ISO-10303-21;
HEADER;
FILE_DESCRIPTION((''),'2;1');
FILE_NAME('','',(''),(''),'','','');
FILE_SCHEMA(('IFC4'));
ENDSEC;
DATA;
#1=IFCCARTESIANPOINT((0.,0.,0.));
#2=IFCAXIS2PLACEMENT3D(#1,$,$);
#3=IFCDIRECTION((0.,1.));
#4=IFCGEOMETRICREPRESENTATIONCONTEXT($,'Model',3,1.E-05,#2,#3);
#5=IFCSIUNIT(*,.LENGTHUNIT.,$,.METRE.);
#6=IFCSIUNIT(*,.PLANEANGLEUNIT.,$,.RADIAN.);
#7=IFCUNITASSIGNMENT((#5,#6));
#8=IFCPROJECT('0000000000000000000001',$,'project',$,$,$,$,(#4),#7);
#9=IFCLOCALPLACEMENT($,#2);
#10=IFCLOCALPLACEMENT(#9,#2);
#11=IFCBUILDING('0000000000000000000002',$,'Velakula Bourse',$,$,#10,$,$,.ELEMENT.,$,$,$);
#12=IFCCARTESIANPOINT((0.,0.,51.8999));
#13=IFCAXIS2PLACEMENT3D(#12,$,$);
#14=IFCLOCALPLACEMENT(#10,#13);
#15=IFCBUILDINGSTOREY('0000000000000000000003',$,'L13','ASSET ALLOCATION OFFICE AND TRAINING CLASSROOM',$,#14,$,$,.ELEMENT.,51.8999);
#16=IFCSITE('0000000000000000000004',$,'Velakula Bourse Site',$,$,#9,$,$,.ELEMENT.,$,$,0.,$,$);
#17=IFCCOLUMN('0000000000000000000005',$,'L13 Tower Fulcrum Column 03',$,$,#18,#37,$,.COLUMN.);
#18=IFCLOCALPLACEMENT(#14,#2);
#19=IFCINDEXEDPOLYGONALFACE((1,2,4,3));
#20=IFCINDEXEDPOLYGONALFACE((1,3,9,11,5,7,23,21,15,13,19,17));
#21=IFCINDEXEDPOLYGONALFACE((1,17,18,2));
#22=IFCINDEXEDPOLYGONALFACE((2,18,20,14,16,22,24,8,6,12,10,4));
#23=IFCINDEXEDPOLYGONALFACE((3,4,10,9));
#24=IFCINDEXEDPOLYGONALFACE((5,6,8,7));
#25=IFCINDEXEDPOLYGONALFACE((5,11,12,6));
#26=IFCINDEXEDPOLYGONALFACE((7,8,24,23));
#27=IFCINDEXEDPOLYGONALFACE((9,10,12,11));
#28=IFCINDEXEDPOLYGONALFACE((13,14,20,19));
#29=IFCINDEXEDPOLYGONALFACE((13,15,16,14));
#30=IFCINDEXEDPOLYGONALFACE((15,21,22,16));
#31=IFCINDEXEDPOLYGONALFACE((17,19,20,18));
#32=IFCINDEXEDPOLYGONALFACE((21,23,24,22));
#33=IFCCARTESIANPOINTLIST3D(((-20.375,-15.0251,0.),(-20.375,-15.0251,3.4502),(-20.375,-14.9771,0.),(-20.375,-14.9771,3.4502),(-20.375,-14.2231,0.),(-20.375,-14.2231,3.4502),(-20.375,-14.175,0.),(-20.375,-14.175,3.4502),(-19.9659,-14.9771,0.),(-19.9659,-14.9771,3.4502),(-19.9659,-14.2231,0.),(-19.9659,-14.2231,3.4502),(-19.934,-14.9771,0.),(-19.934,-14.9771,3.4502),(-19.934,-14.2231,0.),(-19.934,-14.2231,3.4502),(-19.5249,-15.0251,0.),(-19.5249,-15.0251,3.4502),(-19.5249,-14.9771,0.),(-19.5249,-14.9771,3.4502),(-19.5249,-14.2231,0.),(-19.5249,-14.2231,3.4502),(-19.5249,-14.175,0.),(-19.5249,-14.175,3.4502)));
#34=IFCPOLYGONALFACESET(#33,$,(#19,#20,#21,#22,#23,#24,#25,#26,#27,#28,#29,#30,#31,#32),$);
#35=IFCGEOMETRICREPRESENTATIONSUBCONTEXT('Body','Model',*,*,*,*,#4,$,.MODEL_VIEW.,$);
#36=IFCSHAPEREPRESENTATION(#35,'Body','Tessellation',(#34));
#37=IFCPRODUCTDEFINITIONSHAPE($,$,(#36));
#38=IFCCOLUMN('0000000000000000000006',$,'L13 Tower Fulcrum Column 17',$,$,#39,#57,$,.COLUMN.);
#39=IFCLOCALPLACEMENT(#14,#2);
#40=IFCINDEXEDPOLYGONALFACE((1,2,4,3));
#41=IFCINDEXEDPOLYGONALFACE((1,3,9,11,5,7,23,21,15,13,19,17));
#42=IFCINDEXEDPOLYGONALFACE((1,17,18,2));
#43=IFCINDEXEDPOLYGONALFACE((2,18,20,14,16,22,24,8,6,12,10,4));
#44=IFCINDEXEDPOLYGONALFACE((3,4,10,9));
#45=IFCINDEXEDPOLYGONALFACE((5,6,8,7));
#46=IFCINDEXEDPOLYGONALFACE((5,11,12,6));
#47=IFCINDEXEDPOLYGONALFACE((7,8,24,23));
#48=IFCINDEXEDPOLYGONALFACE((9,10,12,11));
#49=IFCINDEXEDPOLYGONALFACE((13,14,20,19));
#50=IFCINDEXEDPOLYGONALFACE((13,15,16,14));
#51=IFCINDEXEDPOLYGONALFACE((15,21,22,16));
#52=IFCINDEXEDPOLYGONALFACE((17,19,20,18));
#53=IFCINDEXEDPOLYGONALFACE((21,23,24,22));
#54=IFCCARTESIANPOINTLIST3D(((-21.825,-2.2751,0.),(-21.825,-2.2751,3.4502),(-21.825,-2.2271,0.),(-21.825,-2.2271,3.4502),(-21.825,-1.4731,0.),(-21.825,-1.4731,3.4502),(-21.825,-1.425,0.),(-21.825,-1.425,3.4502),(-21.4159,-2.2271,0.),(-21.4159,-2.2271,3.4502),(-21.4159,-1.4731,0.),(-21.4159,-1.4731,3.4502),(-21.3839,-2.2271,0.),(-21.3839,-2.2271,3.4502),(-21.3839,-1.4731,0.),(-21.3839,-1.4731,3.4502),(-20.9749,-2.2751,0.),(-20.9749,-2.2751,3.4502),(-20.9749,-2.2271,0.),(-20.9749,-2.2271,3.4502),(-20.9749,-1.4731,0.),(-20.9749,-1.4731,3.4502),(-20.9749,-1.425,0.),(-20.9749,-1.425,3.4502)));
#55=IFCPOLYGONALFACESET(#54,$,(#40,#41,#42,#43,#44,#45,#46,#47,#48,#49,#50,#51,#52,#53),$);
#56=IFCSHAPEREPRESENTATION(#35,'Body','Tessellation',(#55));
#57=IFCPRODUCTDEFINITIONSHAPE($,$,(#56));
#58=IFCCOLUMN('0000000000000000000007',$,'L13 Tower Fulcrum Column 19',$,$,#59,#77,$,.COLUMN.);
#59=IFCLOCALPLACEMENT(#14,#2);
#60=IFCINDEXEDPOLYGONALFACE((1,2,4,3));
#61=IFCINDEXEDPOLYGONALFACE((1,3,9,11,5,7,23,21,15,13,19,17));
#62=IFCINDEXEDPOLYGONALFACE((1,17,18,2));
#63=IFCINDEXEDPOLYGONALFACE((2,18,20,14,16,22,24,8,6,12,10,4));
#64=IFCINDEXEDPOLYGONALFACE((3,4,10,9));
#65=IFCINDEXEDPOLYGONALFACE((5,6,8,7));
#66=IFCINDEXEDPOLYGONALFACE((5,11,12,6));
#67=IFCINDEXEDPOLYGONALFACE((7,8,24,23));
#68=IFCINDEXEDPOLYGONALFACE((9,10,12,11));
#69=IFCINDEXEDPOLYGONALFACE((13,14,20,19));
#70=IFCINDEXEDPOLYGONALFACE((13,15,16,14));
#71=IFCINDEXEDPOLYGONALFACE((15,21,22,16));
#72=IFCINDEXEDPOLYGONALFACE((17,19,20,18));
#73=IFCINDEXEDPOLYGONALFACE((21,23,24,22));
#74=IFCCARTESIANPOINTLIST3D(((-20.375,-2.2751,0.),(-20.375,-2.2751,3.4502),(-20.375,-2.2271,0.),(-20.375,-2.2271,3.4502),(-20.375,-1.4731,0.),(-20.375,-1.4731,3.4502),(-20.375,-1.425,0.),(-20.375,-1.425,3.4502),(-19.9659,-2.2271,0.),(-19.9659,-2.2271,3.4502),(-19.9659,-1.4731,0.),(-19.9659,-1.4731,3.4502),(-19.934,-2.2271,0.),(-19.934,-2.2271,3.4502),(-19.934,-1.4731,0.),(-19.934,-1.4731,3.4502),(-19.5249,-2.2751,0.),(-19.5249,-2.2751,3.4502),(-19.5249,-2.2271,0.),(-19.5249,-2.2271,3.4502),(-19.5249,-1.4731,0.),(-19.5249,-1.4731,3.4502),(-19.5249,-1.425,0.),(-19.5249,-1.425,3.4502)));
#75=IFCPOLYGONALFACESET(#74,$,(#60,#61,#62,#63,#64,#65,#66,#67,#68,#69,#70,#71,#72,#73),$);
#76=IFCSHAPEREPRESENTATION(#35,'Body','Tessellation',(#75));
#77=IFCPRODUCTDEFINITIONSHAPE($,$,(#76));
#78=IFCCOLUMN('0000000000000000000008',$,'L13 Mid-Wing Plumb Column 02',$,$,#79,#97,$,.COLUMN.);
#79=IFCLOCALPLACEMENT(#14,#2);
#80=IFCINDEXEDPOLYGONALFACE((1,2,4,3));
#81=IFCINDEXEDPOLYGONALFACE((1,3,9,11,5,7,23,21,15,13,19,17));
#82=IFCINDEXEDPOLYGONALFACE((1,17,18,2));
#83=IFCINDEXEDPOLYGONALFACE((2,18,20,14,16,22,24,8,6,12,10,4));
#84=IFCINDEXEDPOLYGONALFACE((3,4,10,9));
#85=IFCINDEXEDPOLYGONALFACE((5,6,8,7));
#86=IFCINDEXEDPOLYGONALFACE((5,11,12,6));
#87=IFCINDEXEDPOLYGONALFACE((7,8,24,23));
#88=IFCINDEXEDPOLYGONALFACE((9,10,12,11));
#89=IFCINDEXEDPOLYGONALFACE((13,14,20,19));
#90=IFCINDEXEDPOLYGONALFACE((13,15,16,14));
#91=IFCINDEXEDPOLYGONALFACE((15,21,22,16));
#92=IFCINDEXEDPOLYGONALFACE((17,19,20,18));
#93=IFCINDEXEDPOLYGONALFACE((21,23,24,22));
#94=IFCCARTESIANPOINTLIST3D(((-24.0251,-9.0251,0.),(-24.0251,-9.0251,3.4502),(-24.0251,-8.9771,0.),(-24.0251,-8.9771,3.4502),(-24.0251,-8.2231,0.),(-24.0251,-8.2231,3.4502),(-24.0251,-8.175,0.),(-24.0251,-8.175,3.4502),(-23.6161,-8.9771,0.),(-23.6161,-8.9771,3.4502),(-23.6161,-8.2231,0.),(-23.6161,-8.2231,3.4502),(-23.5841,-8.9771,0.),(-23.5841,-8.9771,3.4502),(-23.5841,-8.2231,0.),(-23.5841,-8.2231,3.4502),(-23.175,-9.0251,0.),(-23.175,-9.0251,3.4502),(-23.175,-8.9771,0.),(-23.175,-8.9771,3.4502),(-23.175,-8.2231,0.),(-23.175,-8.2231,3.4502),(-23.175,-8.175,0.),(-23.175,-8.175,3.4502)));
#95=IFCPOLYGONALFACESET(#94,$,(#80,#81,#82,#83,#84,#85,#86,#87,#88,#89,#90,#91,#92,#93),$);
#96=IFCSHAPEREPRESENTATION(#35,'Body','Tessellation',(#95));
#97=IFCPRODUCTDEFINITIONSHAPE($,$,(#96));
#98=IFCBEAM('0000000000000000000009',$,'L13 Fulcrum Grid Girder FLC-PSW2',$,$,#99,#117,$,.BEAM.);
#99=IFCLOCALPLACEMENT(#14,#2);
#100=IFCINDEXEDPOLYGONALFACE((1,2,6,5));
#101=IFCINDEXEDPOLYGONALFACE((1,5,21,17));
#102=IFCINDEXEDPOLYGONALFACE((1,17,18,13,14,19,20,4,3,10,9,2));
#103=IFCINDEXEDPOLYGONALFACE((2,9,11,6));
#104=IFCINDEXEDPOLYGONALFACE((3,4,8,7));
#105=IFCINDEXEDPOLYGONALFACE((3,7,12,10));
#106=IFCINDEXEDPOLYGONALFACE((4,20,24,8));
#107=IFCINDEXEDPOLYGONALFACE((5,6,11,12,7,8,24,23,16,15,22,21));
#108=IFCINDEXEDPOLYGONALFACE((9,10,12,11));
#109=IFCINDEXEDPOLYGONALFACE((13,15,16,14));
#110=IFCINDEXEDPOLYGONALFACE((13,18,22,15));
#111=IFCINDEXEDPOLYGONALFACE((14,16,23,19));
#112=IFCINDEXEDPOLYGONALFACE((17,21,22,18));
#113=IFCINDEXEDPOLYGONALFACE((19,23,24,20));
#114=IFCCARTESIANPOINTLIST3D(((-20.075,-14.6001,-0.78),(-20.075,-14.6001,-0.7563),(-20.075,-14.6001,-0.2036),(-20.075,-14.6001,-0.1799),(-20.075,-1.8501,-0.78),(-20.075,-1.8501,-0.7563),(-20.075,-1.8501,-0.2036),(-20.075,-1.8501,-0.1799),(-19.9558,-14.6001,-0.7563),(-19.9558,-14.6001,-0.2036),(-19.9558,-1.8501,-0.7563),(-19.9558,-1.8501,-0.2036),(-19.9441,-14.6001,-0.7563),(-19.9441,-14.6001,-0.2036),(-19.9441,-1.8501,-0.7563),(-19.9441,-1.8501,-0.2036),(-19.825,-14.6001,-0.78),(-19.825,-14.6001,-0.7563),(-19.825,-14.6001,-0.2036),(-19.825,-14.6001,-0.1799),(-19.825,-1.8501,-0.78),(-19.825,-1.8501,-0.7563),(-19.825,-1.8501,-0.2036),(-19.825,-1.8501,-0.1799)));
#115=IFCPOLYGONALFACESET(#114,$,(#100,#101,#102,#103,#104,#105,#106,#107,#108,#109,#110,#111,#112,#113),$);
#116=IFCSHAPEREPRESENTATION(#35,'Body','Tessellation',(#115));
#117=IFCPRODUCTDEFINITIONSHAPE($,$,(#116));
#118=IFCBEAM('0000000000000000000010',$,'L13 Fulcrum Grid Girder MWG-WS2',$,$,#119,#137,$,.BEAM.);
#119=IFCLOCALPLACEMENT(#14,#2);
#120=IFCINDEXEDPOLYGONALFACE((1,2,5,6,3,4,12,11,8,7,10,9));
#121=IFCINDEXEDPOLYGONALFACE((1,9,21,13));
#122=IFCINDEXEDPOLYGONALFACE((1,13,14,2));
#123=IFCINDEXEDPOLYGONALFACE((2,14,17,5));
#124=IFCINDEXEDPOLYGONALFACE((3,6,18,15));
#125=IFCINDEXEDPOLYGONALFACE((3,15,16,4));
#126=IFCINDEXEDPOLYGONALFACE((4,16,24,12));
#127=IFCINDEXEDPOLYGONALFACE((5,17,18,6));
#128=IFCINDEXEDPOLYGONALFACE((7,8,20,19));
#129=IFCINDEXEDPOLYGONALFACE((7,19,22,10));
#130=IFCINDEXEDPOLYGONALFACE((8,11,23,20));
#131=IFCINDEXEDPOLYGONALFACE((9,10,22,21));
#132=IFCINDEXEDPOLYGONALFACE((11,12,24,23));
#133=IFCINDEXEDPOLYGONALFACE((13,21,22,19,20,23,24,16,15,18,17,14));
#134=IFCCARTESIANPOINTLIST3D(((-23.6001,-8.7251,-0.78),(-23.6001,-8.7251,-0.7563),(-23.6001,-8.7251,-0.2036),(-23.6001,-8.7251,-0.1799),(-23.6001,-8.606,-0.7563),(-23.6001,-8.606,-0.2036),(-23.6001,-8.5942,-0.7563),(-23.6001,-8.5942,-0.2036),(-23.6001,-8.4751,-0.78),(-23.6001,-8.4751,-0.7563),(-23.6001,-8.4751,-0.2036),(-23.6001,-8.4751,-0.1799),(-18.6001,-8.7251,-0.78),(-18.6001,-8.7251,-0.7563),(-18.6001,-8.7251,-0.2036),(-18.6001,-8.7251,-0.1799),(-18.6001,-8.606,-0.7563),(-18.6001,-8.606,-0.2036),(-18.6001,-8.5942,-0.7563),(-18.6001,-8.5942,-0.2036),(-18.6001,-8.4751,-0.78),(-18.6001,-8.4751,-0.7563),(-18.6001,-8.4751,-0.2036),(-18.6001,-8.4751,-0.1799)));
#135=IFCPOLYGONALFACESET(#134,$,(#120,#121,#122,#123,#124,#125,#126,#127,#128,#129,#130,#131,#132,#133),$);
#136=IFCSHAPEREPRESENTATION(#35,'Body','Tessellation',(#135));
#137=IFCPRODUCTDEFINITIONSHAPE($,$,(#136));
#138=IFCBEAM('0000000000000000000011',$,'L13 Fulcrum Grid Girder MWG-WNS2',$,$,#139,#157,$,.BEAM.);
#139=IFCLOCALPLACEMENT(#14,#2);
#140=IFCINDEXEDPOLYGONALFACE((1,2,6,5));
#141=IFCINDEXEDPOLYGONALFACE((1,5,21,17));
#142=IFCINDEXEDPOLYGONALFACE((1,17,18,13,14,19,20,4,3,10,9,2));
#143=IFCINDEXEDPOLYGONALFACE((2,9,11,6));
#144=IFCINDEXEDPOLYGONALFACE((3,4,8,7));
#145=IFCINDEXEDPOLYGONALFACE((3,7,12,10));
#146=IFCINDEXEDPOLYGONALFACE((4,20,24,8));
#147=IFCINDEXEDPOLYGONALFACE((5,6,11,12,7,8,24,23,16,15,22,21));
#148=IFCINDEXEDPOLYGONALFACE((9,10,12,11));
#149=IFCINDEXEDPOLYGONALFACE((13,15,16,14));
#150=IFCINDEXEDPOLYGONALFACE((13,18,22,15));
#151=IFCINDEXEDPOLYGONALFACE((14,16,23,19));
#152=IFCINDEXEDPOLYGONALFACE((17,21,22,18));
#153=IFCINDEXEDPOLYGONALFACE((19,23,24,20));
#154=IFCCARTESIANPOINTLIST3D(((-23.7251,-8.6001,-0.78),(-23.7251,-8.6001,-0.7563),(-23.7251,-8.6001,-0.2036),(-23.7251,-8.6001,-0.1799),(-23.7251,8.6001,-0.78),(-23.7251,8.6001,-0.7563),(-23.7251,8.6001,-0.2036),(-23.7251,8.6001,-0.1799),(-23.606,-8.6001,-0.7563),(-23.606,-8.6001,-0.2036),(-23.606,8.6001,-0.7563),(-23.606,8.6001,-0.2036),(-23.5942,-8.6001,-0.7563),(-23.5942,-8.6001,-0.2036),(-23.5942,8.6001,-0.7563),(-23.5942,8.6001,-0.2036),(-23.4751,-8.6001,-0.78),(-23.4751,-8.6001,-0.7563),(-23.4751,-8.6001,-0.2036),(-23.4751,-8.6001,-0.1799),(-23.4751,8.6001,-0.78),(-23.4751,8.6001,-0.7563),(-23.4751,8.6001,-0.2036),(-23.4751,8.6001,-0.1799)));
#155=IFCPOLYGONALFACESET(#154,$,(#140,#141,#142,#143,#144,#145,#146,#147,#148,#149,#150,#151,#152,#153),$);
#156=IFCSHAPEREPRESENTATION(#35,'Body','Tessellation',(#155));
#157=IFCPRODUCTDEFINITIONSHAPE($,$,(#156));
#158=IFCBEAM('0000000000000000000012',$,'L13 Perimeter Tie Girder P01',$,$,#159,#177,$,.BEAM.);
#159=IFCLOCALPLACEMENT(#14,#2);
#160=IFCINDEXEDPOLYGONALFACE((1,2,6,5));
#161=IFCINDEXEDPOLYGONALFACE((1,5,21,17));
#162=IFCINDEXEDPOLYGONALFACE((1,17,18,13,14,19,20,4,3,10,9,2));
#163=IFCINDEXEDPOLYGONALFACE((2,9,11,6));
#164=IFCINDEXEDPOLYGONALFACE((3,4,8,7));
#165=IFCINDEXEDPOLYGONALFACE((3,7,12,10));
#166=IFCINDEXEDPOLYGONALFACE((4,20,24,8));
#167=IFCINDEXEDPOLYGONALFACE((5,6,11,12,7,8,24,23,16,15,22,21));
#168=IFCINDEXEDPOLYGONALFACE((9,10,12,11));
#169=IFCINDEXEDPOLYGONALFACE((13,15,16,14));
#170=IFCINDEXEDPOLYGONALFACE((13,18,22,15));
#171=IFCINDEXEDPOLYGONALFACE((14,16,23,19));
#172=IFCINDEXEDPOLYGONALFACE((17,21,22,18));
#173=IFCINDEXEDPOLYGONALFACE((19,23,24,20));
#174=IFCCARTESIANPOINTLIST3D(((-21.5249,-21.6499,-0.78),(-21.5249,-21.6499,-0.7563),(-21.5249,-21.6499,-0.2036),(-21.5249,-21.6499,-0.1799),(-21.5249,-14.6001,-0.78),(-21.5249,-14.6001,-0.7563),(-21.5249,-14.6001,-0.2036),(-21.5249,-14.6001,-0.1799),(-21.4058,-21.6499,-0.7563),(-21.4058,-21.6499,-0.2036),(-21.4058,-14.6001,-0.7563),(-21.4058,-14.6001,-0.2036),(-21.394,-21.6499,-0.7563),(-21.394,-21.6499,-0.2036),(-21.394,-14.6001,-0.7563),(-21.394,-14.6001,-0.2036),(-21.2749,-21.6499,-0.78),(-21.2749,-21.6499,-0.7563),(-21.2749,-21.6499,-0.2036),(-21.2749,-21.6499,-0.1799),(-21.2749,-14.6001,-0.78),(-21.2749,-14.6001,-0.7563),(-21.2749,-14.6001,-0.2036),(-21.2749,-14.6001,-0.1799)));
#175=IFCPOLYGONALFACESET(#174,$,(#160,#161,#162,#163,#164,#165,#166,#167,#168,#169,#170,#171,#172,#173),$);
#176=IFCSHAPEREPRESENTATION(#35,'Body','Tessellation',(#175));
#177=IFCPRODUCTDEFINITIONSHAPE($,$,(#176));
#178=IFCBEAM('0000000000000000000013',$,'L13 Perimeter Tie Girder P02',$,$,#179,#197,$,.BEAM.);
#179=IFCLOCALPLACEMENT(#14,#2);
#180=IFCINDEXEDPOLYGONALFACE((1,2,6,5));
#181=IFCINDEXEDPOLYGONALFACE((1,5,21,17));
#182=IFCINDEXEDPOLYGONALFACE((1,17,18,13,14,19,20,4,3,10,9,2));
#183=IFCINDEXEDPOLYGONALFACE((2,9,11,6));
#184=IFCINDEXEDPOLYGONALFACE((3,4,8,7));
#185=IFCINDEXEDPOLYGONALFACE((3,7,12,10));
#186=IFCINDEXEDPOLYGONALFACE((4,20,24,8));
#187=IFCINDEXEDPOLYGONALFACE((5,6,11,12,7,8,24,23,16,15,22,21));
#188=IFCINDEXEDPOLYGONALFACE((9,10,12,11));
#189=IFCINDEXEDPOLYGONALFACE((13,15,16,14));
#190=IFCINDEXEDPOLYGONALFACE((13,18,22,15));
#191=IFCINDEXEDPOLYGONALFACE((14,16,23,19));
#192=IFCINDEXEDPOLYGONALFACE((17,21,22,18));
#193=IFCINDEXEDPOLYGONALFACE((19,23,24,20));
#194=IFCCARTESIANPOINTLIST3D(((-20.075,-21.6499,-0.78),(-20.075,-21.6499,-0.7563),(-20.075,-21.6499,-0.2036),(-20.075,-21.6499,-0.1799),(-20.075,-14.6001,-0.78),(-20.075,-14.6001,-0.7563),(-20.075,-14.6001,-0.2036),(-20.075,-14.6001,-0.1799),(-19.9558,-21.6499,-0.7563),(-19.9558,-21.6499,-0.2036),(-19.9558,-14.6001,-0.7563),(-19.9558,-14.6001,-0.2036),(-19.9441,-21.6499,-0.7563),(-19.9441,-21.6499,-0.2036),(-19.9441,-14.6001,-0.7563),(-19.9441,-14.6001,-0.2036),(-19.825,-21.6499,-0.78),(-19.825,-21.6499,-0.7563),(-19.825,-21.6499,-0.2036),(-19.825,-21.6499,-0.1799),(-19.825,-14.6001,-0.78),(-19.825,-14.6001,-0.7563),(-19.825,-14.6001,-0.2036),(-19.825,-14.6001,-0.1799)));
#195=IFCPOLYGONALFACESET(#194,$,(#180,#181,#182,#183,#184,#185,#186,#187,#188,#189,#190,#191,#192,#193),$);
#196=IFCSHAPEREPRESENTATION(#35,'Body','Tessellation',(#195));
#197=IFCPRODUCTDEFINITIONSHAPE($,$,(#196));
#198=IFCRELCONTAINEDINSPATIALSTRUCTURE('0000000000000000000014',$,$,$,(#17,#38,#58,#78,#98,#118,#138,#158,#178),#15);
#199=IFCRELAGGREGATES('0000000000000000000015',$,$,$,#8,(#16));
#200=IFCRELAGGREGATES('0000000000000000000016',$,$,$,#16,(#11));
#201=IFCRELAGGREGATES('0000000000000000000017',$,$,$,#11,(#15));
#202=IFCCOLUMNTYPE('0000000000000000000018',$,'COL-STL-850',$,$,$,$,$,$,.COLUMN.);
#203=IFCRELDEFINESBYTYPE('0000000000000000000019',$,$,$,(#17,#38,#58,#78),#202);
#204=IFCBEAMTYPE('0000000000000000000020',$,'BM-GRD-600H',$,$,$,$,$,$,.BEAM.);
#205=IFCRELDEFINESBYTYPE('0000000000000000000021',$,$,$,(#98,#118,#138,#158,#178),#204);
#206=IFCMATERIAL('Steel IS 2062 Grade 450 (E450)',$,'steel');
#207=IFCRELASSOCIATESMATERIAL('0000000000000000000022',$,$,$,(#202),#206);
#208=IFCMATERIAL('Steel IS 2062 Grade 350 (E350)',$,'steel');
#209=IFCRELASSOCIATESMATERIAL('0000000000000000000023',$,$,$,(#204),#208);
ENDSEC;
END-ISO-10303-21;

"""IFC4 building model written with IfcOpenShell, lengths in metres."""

from ifc_helpers import new_model, si_unit, direction, frame, origin, origin_2d, place, context, subcontext, project, spatial, i_section, extrude, material, material_profile, profile_set, type_object, element, save


model = new_model("IFC4")

# Units and contexts
model_context = context("Model", 3, precision=1e-05, world=origin(), true_north=direction((0.0, 1.0)))
body_context = subcontext(model_context, "Body", "Model", "MODEL_VIEW")
ifc_project = project(units=[si_unit("LENGTHUNIT", "METRE"), si_unit("PLANEANGLEUNIT", "RADIAN")], contexts=[model_context])

# Site, building, storey
site_placement = place(None, origin())
site = spatial("IfcSite", under=ifc_project, at=site_placement, Name="Velakula Bourse Site", CompositionType="ELEMENT", RefElevation=0.0)
building_placement = place(site_placement, origin())
building = spatial("IfcBuilding", under=site, at=building_placement, Name="Velakula Bourse", CompositionType="ELEMENT")
storey_placement = place(building_placement, frame((0.0, 0.0, 51.8999)))
storey = spatial("IfcBuildingStorey", under=building, at=storey_placement, Name="L13", Description="ASSET ALLOCATION OFFICE AND TRAINING CLASSROOM", CompositionType="ELEMENT", Elevation=51.8999)

# Columns
ifc_material_1 = material(Name="Steel IS 2062 Grade 450 (E450)", Category="steel")
ifc_material_profile_1 = material_profile(ifc_material_1, i_section(OverallWidth=0.8501, OverallDepth=0.8501, WebThickness=0.032, FlangeThickness=0.0481, at=origin_2d()), Name="Steel IS 2062 Grade 450 (E450)")
ifc_profile_set_1 = profile_set([ifc_material_profile_1], Name="Steel IS 2062 Grade 450 (E450)")
column_type = type_object("IfcColumnType", Name="COL-STL-850", PredefinedType="COLUMN", material=ifc_profile_set_1)
for number, where, z_axis, x_axis, name in (
    (1, (-19.95, -14.6001, 0.0), (0.0, 0.0, 1.0), (1.0, 0.0, 0.0), "L13 Tower Fulcrum Column 03"),
    (2, (-21.3999, -1.8501, 0.0), (0.0, 0.0, 1.0), (1.0, 0.0, 0.0), "L13 Tower Fulcrum Column 17"),
    (3, (-19.95, -1.8501, 0.0), (0.0, 0.0, 1.0), (1.0, 0.0, 0.0), "L13 Tower Fulcrum Column 19"),
    (4, (-23.6001, -8.6001, 0.0), (0.0, 0.0, 1.0), (1.0, 0.0, 0.0), "L13 Mid-Wing Plumb Column 02"),
):
    element("IfcColumn", number, at=place(storey_placement, frame(where, z_axis=z_axis, x_axis=x_axis)), inside=storey, type_object=column_type, Name=name, PredefinedType="COLUMN", context=body_context, shape_type="SweptSolid", body=[
        extrude(i_section(OverallWidth=0.8501, OverallDepth=0.8501, WebThickness=0.032, FlangeThickness=0.0481, at=origin_2d()), origin(), (0.0, 0.0, 1.0), 3.4502),
    ])

# Beams
ifc_material_2 = material(Name="Steel IS 2062 Grade 350 (E350)", Category="steel")
ifc_material_profile_2 = material_profile(ifc_material_2, i_section(OverallWidth=0.25, OverallDepth=0.6001, WebThickness=0.0117, FlangeThickness=0.0237, at=origin_2d()), Name="Steel IS 2062 Grade 350 (E350)")
ifc_profile_set_2 = profile_set([ifc_material_profile_2], Name="Steel IS 2062 Grade 350 (E350)")
beam_type_1 = type_object("IfcBeamType", Name="BM-GRD-600H", PredefinedType="BEAM", material=ifc_profile_set_2)
beam_1_placement = place(storey_placement, frame((-19.95, -14.6001, -0.48), z_axis=(0.0, 1.0, 0.0), x_axis=(-1.0, 0.0, 0.0)))
element("IfcBeam", 5, at=beam_1_placement, inside=storey, type_object=beam_type_1, Name="L13 Fulcrum Grid Girder FLC-PSW2", PredefinedType="BEAM", context=body_context, shape_type="SweptSolid", body=[
    extrude(i_section(OverallWidth=0.25, OverallDepth=0.6001, WebThickness=0.0117, FlangeThickness=0.0237, at=origin_2d()), origin(), (0.0, 0.0, 1.0), 12.75),
])
beam_2_placement = place(storey_placement, frame((-23.6001, -8.6001, -0.48), z_axis=(1.0, 0.0, 0.0), x_axis=(0.0, 1.0, 0.0)))
element("IfcBeam", 6, at=beam_2_placement, inside=storey, type_object=beam_type_1, Name="L13 Fulcrum Grid Girder MWG-WS2", PredefinedType="BEAM", context=body_context, shape_type="SweptSolid", body=[
    extrude(i_section(OverallWidth=0.25, OverallDepth=0.6001, WebThickness=0.0117, FlangeThickness=0.0237, at=origin_2d()), origin(), (0.0, 0.0, 1.0), 5.0),
])
beam_3_placement = place(storey_placement, frame((-23.6001, -8.6001, -0.48), z_axis=(0.0, 1.0, 0.0), x_axis=(-1.0, 0.0, 0.0)))
element("IfcBeam", 7, at=beam_3_placement, inside=storey, type_object=beam_type_1, Name="L13 Fulcrum Grid Girder MWG-WNS2", PredefinedType="BEAM", context=body_context, shape_type="SweptSolid", body=[
    extrude(i_section(OverallWidth=0.25, OverallDepth=0.6001, WebThickness=0.0117, FlangeThickness=0.0237, at=origin_2d()), origin(), (0.0, 0.0, 1.0), 17.2002),
])
for number, where, z_axis, x_axis, name in (
    (8, (-21.3999, -14.6001, -0.48), (0.0, -1.0, 0.0), (1.0, 0.0, 0.0), "L13 Perimeter Tie Girder P01"),
    (9, (-19.95, -14.6001, -0.48), (0.0, -1.0, 0.0), (1.0, 0.0, 0.0), "L13 Perimeter Tie Girder P02"),
):
    element("IfcBeam", number, at=place(storey_placement, frame(where, z_axis=z_axis, x_axis=x_axis)), inside=storey, type_object=beam_type_1, Name=name, PredefinedType="BEAM", context=body_context, shape_type="SweptSolid", body=[
        extrude(i_section(OverallWidth=0.25, OverallDepth=0.6001, WebThickness=0.0117, FlangeThickness=0.0237, at=origin_2d()), origin(), (0.0, 0.0, 1.0), 7.0498),
    ])

save(model, "model.ifc")
